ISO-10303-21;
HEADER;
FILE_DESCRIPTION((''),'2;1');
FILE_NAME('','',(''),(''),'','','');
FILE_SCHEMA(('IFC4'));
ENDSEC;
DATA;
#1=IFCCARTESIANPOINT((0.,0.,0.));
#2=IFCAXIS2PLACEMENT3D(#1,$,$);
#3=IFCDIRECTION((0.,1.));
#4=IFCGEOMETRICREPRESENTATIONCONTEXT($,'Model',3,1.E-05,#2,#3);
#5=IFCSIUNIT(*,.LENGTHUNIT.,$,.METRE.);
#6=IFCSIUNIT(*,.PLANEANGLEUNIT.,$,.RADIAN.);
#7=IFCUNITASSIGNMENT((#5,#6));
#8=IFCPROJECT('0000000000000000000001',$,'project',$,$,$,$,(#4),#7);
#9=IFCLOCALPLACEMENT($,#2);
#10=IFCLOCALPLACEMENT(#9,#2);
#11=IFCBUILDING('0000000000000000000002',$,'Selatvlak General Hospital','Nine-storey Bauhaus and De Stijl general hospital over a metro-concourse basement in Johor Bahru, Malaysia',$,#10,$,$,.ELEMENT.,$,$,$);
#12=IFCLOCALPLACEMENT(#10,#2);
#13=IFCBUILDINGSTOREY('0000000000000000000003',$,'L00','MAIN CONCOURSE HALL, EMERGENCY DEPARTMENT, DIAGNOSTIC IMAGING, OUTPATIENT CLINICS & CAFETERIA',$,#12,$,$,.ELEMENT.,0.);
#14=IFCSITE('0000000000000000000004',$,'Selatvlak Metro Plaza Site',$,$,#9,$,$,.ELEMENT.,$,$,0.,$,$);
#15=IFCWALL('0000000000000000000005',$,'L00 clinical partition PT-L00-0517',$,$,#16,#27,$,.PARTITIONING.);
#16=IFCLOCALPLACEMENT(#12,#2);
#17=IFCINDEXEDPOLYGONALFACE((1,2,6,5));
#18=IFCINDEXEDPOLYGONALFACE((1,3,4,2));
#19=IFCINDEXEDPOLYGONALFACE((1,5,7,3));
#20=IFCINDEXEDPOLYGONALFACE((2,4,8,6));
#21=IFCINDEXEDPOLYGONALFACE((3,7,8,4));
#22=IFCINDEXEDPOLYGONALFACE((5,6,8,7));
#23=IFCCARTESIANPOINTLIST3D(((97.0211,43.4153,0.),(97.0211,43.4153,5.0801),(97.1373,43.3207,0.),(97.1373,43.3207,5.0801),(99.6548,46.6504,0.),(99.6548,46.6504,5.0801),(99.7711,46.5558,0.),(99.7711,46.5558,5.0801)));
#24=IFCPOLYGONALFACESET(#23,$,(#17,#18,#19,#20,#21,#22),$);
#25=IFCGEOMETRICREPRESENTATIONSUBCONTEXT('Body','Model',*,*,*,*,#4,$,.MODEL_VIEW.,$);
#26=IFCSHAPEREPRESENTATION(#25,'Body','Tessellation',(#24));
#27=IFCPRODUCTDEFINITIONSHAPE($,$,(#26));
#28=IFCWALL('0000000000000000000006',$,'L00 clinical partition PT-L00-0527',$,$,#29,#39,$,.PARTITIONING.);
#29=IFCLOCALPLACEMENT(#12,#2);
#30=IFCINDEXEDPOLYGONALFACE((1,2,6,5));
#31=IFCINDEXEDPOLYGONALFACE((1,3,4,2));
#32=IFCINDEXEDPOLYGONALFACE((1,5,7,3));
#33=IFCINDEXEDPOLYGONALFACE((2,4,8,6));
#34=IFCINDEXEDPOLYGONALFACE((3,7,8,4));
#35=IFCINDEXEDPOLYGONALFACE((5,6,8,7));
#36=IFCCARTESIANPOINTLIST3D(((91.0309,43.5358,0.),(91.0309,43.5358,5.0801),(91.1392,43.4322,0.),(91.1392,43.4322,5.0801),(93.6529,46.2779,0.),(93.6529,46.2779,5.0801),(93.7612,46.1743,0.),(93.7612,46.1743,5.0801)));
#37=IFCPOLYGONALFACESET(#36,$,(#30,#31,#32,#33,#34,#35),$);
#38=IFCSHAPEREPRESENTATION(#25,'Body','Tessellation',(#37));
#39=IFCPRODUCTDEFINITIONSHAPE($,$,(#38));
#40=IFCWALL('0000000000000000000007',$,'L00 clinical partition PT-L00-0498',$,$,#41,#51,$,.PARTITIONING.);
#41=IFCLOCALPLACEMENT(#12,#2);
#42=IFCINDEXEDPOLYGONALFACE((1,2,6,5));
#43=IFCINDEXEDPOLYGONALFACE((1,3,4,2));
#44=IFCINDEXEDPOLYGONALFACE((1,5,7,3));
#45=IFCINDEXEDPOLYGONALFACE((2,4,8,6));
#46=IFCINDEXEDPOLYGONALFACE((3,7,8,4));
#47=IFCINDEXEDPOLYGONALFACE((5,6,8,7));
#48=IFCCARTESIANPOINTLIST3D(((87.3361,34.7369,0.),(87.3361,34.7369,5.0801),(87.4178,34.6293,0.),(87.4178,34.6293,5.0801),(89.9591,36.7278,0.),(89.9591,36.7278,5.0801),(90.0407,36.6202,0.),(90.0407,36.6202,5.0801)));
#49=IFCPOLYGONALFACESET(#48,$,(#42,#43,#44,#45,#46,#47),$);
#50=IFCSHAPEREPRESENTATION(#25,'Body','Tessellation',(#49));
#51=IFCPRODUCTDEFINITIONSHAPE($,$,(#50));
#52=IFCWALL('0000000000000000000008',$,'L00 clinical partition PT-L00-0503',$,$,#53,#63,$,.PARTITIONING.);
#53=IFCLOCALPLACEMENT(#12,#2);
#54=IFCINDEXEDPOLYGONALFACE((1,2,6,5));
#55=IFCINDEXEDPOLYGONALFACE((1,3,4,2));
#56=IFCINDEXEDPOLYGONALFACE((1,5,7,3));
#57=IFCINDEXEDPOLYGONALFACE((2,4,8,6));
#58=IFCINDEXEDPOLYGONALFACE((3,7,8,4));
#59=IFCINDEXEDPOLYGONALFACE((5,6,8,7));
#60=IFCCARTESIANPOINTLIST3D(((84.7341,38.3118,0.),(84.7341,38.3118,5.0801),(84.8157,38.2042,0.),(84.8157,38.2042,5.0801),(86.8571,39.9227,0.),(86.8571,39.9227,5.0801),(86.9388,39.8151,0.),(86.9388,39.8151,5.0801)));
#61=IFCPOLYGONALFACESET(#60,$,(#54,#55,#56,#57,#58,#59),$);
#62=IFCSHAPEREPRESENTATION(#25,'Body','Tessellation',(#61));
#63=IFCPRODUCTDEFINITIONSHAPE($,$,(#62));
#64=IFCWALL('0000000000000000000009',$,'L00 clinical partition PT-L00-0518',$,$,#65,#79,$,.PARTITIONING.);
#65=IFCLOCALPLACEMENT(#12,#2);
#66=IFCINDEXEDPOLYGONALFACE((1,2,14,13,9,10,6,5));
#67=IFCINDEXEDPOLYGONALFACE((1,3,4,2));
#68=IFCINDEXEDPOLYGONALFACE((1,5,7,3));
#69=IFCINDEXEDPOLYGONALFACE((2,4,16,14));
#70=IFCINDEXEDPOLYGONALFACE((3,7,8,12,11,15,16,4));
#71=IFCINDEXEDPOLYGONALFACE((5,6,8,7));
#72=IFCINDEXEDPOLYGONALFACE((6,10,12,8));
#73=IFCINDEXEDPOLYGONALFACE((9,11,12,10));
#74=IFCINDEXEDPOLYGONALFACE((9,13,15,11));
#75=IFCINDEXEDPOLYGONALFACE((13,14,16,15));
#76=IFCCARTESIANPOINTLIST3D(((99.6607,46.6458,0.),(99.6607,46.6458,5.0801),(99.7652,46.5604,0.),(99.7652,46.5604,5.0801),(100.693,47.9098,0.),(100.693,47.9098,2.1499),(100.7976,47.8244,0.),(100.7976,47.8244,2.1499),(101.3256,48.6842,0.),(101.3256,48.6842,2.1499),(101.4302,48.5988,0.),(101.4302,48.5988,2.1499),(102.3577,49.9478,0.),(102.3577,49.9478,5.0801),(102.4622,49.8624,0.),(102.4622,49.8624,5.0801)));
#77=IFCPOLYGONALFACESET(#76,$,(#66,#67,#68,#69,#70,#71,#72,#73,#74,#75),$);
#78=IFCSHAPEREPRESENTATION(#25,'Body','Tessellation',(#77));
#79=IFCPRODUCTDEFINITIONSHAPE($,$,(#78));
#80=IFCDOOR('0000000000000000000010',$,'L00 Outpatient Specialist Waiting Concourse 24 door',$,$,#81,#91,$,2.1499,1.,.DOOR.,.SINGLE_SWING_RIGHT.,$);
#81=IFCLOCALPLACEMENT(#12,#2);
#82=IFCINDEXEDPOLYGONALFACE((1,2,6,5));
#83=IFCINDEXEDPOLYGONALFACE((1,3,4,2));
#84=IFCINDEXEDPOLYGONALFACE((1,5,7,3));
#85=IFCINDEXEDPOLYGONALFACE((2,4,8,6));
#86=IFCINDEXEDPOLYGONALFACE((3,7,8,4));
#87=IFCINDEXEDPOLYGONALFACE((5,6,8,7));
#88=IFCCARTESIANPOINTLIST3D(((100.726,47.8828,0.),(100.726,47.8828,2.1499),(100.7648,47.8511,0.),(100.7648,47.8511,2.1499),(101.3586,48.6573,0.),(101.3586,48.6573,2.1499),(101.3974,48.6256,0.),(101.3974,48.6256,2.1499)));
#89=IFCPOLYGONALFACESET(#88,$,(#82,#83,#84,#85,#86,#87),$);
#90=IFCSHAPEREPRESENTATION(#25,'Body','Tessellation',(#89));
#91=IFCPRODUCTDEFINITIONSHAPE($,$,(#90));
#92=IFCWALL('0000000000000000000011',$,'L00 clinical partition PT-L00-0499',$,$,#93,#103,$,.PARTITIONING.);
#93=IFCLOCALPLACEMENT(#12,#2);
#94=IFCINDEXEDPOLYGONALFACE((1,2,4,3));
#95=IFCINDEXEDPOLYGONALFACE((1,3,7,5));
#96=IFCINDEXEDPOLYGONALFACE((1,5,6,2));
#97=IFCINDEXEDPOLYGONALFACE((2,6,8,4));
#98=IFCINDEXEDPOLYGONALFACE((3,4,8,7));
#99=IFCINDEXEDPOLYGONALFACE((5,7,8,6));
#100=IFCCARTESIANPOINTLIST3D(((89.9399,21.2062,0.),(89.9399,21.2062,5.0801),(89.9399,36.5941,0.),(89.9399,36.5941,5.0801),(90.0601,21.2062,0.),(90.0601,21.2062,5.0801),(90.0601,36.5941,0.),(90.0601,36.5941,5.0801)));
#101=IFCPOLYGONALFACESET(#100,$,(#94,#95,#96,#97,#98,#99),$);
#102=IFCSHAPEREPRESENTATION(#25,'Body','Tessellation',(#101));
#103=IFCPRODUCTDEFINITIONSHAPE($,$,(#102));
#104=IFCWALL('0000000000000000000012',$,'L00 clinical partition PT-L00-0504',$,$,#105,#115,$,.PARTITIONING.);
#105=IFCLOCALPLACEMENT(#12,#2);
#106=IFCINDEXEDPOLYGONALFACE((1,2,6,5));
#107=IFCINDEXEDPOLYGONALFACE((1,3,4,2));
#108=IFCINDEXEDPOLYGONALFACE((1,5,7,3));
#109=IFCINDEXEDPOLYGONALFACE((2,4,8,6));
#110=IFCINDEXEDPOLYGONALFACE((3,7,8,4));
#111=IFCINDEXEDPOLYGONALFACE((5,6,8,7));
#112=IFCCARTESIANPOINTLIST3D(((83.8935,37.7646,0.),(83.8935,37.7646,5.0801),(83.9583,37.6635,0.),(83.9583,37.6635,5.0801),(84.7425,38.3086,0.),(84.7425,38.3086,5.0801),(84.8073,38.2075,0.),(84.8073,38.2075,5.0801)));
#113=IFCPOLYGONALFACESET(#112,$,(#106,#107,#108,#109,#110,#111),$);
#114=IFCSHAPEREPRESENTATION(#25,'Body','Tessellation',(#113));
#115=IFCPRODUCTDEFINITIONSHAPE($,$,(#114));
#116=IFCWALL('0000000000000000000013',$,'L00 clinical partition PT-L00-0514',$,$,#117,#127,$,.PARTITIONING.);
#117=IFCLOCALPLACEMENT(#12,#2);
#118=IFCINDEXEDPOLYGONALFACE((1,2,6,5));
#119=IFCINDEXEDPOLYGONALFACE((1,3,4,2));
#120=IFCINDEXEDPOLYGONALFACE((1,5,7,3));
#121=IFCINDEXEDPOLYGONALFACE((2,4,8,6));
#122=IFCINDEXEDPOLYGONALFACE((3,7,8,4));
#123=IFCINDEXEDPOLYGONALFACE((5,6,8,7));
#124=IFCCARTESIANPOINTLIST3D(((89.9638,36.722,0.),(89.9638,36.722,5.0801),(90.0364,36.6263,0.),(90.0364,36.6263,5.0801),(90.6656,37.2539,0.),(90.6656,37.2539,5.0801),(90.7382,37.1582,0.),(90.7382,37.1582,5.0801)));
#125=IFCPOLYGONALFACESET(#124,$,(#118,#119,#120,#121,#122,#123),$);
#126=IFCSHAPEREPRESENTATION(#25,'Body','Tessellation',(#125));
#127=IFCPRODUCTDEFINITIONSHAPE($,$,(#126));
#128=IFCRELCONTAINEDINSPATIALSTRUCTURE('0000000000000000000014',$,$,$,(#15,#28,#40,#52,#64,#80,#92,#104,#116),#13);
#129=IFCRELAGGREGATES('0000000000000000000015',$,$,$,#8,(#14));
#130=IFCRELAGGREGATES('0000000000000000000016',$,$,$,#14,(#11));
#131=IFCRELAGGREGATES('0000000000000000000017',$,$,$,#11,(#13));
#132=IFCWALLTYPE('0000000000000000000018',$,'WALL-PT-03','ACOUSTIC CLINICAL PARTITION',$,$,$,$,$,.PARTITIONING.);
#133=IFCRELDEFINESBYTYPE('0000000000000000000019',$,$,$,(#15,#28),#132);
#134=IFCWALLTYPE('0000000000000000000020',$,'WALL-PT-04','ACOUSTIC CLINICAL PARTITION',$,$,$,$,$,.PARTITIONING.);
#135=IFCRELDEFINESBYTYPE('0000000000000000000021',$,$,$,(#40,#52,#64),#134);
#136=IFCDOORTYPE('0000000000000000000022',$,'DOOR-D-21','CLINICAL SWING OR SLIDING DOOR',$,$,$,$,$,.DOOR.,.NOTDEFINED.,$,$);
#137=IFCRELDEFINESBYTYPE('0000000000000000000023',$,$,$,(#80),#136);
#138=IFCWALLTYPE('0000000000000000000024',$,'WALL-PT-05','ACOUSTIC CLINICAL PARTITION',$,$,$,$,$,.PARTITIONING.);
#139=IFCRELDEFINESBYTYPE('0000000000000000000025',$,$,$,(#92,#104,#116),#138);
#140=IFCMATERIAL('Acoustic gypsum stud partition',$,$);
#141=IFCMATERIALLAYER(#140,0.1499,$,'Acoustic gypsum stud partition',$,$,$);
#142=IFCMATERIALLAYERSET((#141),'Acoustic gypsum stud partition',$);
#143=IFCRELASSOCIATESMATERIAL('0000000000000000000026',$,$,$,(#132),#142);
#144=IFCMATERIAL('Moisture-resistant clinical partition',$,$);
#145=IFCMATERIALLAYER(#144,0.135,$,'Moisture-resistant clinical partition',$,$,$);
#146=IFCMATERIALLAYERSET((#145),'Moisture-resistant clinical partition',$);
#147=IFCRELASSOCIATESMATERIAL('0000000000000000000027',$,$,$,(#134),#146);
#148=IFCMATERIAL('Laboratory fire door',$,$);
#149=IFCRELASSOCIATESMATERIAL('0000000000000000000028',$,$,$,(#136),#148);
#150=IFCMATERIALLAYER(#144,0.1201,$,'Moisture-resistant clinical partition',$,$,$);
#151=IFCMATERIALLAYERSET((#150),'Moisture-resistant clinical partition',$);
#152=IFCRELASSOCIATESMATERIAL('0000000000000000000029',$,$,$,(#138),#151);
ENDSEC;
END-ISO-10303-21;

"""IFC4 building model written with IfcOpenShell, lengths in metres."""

from ifc_helpers import new_model, si_unit, direction, frame, frame_2d, origin, place, context, subcontext, project, spatial, rectangle, extrude, material, layer, layer_set, type_object, element, fill, save


model = new_model("IFC4")

# Units and contexts
model_context = context("Model", 3, precision=1e-05, world=origin(), true_north=direction((0.0, 1.0)))
body_context = subcontext(model_context, "Body", "Model", "MODEL_VIEW")
ifc_project = project(units=[si_unit("LENGTHUNIT", "METRE"), si_unit("PLANEANGLEUNIT", "RADIAN")], contexts=[model_context])

# Site, building, storey
site_placement = place(None, origin())
site = spatial("IfcSite", under=ifc_project, at=site_placement, Name="Selatvlak Metro Plaza Site", CompositionType="ELEMENT", RefElevation=0.0)
building_placement = place(site_placement, origin())
building = spatial("IfcBuilding", under=site, at=building_placement, Name="Selatvlak General Hospital", Description="Nine-storey Bauhaus and De Stijl general hospital over a metro-concourse basement in Johor Bahru, Malaysia", CompositionType="ELEMENT")
storey_placement = place(building_placement, origin())
storey = spatial("IfcBuildingStorey", under=building, at=storey_placement, Name="L00", Description="MAIN CONCOURSE HALL, EMERGENCY DEPARTMENT, DIAGNOSTIC IMAGING, OUTPATIENT CLINICS & CAFETERIA", CompositionType="ELEMENT", Elevation=0.0)

# Shared definitions
ifc_material_1 = material(Name="Acoustic gypsum stud partition")

# Walls
ifc_layer_1 = layer(ifc_material_1, 0.1499, Name="Acoustic gypsum stud partition")
ifc_layer_set_1 = layer_set([ifc_layer_1], Name="Acoustic gypsum stud partition")
wall_type_1 = type_object("IfcWallType", Name="WALL-PT-03", Description="ACOUSTIC CLINICAL PARTITION", PredefinedType="PARTITIONING", material=ifc_layer_set_1)
wall_1_placement = place(storey_placement, frame((97.0791, 43.3679, 0.0), z_axis=(0.0, 0.0, 1.0), x_axis=(0.631352, 0.775496, 0.0)))
element("IfcWall", 1, at=wall_1_placement, inside=storey, type_object=wall_type_1, Name="L00 clinical partition PT-L00-0517", PredefinedType="PARTITIONING", context=body_context, shape_type="SweptSolid", body=[
    extrude(rectangle(XDim=4.1716, YDim=0.1499, at=frame_2d((2.0859, 0.0))), origin(), (0.0, 0.0, 1.0), 5.0801),
])
wall_2_placement = place(storey_placement, frame((93.707, 46.2261, 0.0), z_axis=(0.0, 0.0, 1.0), x_axis=(-0.6911, -0.722759, 0.0)))
element("IfcWall", 2, at=wall_2_placement, inside=storey, type_object=wall_type_1, Name="L00 clinical partition PT-L00-0527", PredefinedType="PARTITIONING", context=body_context, shape_type="SweptSolid", body=[
    extrude(rectangle(XDim=3.7939, YDim=0.1499, at=frame_2d((1.897, 0.0))), origin(), (0.0, 0.0, 1.0), 5.0801),
])
ifc_material_2 = material(Name="Moisture-resistant clinical partition")
ifc_layer_2 = layer(ifc_material_2, 0.135, Name="Moisture-resistant clinical partition")
ifc_layer_set_2 = layer_set([ifc_layer_2], Name="Moisture-resistant clinical partition")
wall_type_2 = type_object("IfcWallType", Name="WALL-PT-04", Description="ACOUSTIC CLINICAL PARTITION", PredefinedType="PARTITIONING", material=ifc_layer_set_2)
wall_3_placement = place(storey_placement, frame((87.377, 34.6831, 0.0), z_axis=(0.0, 0.0, 1.0), x_axis=(0.796535, 0.604593, 0.0)))
element("IfcWall", 3, at=wall_3_placement, inside=storey, type_object=wall_type_2, Name="L00 clinical partition PT-L00-0498", PredefinedType="PARTITIONING", context=body_context, shape_type="SweptSolid", body=[
    extrude(rectangle(XDim=3.293, YDim=0.135, at=frame_2d((1.6465, 0.0))), origin(), (0.0, 0.0, 1.0), 5.0801),
])
wall_4_placement = place(storey_placement, frame((86.8979, 39.8689, 0.0), z_axis=(0.0, 0.0, 1.0), x_axis=(-0.796646, -0.604447, 0.0)))
element("IfcWall", 4, at=wall_4_placement, inside=storey, type_object=wall_type_2, Name="L00 clinical partition PT-L00-0503", PredefinedType="PARTITIONING", context=body_context, shape_type="SweptSolid", body=[
    extrude(rectangle(XDim=2.665, YDim=0.135, at=frame_2d((1.3325, 0.0))), origin(), (0.0, 0.0, 1.0), 5.0801),
])

# Wall, opening, door
wall_5_placement = place(storey_placement, frame((99.7129, 46.603, 0.0), z_axis=(0.0, 0.0, 1.0), x_axis=(0.632589, 0.774488, 0.0)))
wall_5 = element("IfcWall", 5, at=wall_5_placement, inside=storey, type_object=wall_type_2, Name="L00 clinical partition PT-L00-0518", PredefinedType="PARTITIONING", context=body_context, shape_type="SweptSolid", body=[
    extrude(rectangle(XDim=4.2634, YDim=0.135, at=frame_2d((2.1318, 0.0))), origin(), (0.0, 0.0, 1.0), 5.0801),
])
opening_1_placement = place(wall_5_placement, frame((1.6321, 0.0, 0.0)))
opening_1 = element("IfcOpeningElement", 6, at=opening_1_placement, cuts=wall_5, PredefinedType="OPENING", context=body_context, shape_type="SweptSolid", body=[
    extrude(rectangle(XDim=1.0, YDim=2.1499, at=frame_2d((0.5, 1.075))), frame((0.0, 0.0774, 0.0), z_axis=(0.0, -1.0, 0.0), x_axis=(1.0, 0.0, 0.0)), (0.0, 0.0, 1.0), 0.155),
])
ifc_material_3 = material(Name="Laboratory fire door")
door_type_1 = type_object("IfcDoorType", Name="DOOR-D-21", Description="CLINICAL SWING OR SLIDING DOOR", OperationType="NOTDEFINED", PredefinedType="DOOR", material=ifc_material_3)
door_1_placement = place(opening_1_placement, origin())
door_1 = element("IfcDoor", 7, at=door_1_placement, inside=storey, type_object=door_type_1, Name="L00 Outpatient Specialist Waiting Concourse 24 door", OperationType="SINGLE_SWING_RIGHT", OverallHeight=2.1499, OverallWidth=1.0, PredefinedType="DOOR", context=body_context, shape_type="SweptSolid", body=[
    extrude(rectangle(XDim=1.0, YDim=2.1499, at=frame_2d((0.5, 1.075))), frame((0.0, 0.0249, 0.0), z_axis=(0.0, -1.0, 0.0), x_axis=(1.0, 0.0, 0.0)), (0.0, 0.0, 1.0), 0.05),
])
fill(opening_1, door_1)

# Walls
ifc_layer_3 = layer(ifc_material_2, 0.1201, Name="Moisture-resistant clinical partition")
ifc_layer_set_3 = layer_set([ifc_layer_3], Name="Moisture-resistant clinical partition")
wall_type_3 = type_object("IfcWallType", Name="WALL-PT-05", Description="ACOUSTIC CLINICAL PARTITION", PredefinedType="PARTITIONING", material=ifc_layer_set_3)
wall_6_placement = place(storey_placement, frame((90.0, 36.594, 0.0), z_axis=(0.0, 0.0, 1.0), x_axis=(0.0, -1.0, 0.0)))
element("IfcWall", 8, at=wall_6_placement, inside=storey, type_object=wall_type_3, Name="L00 clinical partition PT-L00-0499", PredefinedType="PARTITIONING", context=body_context, shape_type="SweptSolid", body=[
    extrude(rectangle(XDim=15.3879, YDim=0.1201, at=frame_2d((7.6938, 0.0))), origin(), (0.0, 0.0, 1.0), 5.0801),
])
wall_7_placement = place(storey_placement, frame((84.7749, 38.2581, 0.0), z_axis=(0.0, 0.0, 1.0), x_axis=(-0.841972, -0.539521, 0.0)))
element("IfcWall", 9, at=wall_7_placement, inside=storey, type_object=wall_type_3, Name="L00 clinical partition PT-L00-0504", PredefinedType="PARTITIONING", context=body_context, shape_type="SweptSolid", body=[
    extrude(rectangle(XDim=1.0083, YDim=0.1201, at=frame_2d((0.5042, 0.0))), origin(), (0.0, 0.0, 1.0), 5.0801),
])
wall_8_placement = place(storey_placement, frame((90.0, 36.6741, 0.0), z_axis=(0.0, 0.0, 1.0), x_axis=(0.796963, 0.604028, 0.0)))
element("IfcWall", 10, at=wall_8_placement, inside=storey, type_object=wall_type_3, Name="L00 clinical partition PT-L00-0514", PredefinedType="PARTITIONING", context=body_context, shape_type="SweptSolid", body=[
    extrude(rectangle(XDim=0.8806, YDim=0.1201, at=frame_2d((0.4404, 0.0))), origin(), (0.0, 0.0, 1.0), 5.0801),
])

save(model, "model.ifc")
